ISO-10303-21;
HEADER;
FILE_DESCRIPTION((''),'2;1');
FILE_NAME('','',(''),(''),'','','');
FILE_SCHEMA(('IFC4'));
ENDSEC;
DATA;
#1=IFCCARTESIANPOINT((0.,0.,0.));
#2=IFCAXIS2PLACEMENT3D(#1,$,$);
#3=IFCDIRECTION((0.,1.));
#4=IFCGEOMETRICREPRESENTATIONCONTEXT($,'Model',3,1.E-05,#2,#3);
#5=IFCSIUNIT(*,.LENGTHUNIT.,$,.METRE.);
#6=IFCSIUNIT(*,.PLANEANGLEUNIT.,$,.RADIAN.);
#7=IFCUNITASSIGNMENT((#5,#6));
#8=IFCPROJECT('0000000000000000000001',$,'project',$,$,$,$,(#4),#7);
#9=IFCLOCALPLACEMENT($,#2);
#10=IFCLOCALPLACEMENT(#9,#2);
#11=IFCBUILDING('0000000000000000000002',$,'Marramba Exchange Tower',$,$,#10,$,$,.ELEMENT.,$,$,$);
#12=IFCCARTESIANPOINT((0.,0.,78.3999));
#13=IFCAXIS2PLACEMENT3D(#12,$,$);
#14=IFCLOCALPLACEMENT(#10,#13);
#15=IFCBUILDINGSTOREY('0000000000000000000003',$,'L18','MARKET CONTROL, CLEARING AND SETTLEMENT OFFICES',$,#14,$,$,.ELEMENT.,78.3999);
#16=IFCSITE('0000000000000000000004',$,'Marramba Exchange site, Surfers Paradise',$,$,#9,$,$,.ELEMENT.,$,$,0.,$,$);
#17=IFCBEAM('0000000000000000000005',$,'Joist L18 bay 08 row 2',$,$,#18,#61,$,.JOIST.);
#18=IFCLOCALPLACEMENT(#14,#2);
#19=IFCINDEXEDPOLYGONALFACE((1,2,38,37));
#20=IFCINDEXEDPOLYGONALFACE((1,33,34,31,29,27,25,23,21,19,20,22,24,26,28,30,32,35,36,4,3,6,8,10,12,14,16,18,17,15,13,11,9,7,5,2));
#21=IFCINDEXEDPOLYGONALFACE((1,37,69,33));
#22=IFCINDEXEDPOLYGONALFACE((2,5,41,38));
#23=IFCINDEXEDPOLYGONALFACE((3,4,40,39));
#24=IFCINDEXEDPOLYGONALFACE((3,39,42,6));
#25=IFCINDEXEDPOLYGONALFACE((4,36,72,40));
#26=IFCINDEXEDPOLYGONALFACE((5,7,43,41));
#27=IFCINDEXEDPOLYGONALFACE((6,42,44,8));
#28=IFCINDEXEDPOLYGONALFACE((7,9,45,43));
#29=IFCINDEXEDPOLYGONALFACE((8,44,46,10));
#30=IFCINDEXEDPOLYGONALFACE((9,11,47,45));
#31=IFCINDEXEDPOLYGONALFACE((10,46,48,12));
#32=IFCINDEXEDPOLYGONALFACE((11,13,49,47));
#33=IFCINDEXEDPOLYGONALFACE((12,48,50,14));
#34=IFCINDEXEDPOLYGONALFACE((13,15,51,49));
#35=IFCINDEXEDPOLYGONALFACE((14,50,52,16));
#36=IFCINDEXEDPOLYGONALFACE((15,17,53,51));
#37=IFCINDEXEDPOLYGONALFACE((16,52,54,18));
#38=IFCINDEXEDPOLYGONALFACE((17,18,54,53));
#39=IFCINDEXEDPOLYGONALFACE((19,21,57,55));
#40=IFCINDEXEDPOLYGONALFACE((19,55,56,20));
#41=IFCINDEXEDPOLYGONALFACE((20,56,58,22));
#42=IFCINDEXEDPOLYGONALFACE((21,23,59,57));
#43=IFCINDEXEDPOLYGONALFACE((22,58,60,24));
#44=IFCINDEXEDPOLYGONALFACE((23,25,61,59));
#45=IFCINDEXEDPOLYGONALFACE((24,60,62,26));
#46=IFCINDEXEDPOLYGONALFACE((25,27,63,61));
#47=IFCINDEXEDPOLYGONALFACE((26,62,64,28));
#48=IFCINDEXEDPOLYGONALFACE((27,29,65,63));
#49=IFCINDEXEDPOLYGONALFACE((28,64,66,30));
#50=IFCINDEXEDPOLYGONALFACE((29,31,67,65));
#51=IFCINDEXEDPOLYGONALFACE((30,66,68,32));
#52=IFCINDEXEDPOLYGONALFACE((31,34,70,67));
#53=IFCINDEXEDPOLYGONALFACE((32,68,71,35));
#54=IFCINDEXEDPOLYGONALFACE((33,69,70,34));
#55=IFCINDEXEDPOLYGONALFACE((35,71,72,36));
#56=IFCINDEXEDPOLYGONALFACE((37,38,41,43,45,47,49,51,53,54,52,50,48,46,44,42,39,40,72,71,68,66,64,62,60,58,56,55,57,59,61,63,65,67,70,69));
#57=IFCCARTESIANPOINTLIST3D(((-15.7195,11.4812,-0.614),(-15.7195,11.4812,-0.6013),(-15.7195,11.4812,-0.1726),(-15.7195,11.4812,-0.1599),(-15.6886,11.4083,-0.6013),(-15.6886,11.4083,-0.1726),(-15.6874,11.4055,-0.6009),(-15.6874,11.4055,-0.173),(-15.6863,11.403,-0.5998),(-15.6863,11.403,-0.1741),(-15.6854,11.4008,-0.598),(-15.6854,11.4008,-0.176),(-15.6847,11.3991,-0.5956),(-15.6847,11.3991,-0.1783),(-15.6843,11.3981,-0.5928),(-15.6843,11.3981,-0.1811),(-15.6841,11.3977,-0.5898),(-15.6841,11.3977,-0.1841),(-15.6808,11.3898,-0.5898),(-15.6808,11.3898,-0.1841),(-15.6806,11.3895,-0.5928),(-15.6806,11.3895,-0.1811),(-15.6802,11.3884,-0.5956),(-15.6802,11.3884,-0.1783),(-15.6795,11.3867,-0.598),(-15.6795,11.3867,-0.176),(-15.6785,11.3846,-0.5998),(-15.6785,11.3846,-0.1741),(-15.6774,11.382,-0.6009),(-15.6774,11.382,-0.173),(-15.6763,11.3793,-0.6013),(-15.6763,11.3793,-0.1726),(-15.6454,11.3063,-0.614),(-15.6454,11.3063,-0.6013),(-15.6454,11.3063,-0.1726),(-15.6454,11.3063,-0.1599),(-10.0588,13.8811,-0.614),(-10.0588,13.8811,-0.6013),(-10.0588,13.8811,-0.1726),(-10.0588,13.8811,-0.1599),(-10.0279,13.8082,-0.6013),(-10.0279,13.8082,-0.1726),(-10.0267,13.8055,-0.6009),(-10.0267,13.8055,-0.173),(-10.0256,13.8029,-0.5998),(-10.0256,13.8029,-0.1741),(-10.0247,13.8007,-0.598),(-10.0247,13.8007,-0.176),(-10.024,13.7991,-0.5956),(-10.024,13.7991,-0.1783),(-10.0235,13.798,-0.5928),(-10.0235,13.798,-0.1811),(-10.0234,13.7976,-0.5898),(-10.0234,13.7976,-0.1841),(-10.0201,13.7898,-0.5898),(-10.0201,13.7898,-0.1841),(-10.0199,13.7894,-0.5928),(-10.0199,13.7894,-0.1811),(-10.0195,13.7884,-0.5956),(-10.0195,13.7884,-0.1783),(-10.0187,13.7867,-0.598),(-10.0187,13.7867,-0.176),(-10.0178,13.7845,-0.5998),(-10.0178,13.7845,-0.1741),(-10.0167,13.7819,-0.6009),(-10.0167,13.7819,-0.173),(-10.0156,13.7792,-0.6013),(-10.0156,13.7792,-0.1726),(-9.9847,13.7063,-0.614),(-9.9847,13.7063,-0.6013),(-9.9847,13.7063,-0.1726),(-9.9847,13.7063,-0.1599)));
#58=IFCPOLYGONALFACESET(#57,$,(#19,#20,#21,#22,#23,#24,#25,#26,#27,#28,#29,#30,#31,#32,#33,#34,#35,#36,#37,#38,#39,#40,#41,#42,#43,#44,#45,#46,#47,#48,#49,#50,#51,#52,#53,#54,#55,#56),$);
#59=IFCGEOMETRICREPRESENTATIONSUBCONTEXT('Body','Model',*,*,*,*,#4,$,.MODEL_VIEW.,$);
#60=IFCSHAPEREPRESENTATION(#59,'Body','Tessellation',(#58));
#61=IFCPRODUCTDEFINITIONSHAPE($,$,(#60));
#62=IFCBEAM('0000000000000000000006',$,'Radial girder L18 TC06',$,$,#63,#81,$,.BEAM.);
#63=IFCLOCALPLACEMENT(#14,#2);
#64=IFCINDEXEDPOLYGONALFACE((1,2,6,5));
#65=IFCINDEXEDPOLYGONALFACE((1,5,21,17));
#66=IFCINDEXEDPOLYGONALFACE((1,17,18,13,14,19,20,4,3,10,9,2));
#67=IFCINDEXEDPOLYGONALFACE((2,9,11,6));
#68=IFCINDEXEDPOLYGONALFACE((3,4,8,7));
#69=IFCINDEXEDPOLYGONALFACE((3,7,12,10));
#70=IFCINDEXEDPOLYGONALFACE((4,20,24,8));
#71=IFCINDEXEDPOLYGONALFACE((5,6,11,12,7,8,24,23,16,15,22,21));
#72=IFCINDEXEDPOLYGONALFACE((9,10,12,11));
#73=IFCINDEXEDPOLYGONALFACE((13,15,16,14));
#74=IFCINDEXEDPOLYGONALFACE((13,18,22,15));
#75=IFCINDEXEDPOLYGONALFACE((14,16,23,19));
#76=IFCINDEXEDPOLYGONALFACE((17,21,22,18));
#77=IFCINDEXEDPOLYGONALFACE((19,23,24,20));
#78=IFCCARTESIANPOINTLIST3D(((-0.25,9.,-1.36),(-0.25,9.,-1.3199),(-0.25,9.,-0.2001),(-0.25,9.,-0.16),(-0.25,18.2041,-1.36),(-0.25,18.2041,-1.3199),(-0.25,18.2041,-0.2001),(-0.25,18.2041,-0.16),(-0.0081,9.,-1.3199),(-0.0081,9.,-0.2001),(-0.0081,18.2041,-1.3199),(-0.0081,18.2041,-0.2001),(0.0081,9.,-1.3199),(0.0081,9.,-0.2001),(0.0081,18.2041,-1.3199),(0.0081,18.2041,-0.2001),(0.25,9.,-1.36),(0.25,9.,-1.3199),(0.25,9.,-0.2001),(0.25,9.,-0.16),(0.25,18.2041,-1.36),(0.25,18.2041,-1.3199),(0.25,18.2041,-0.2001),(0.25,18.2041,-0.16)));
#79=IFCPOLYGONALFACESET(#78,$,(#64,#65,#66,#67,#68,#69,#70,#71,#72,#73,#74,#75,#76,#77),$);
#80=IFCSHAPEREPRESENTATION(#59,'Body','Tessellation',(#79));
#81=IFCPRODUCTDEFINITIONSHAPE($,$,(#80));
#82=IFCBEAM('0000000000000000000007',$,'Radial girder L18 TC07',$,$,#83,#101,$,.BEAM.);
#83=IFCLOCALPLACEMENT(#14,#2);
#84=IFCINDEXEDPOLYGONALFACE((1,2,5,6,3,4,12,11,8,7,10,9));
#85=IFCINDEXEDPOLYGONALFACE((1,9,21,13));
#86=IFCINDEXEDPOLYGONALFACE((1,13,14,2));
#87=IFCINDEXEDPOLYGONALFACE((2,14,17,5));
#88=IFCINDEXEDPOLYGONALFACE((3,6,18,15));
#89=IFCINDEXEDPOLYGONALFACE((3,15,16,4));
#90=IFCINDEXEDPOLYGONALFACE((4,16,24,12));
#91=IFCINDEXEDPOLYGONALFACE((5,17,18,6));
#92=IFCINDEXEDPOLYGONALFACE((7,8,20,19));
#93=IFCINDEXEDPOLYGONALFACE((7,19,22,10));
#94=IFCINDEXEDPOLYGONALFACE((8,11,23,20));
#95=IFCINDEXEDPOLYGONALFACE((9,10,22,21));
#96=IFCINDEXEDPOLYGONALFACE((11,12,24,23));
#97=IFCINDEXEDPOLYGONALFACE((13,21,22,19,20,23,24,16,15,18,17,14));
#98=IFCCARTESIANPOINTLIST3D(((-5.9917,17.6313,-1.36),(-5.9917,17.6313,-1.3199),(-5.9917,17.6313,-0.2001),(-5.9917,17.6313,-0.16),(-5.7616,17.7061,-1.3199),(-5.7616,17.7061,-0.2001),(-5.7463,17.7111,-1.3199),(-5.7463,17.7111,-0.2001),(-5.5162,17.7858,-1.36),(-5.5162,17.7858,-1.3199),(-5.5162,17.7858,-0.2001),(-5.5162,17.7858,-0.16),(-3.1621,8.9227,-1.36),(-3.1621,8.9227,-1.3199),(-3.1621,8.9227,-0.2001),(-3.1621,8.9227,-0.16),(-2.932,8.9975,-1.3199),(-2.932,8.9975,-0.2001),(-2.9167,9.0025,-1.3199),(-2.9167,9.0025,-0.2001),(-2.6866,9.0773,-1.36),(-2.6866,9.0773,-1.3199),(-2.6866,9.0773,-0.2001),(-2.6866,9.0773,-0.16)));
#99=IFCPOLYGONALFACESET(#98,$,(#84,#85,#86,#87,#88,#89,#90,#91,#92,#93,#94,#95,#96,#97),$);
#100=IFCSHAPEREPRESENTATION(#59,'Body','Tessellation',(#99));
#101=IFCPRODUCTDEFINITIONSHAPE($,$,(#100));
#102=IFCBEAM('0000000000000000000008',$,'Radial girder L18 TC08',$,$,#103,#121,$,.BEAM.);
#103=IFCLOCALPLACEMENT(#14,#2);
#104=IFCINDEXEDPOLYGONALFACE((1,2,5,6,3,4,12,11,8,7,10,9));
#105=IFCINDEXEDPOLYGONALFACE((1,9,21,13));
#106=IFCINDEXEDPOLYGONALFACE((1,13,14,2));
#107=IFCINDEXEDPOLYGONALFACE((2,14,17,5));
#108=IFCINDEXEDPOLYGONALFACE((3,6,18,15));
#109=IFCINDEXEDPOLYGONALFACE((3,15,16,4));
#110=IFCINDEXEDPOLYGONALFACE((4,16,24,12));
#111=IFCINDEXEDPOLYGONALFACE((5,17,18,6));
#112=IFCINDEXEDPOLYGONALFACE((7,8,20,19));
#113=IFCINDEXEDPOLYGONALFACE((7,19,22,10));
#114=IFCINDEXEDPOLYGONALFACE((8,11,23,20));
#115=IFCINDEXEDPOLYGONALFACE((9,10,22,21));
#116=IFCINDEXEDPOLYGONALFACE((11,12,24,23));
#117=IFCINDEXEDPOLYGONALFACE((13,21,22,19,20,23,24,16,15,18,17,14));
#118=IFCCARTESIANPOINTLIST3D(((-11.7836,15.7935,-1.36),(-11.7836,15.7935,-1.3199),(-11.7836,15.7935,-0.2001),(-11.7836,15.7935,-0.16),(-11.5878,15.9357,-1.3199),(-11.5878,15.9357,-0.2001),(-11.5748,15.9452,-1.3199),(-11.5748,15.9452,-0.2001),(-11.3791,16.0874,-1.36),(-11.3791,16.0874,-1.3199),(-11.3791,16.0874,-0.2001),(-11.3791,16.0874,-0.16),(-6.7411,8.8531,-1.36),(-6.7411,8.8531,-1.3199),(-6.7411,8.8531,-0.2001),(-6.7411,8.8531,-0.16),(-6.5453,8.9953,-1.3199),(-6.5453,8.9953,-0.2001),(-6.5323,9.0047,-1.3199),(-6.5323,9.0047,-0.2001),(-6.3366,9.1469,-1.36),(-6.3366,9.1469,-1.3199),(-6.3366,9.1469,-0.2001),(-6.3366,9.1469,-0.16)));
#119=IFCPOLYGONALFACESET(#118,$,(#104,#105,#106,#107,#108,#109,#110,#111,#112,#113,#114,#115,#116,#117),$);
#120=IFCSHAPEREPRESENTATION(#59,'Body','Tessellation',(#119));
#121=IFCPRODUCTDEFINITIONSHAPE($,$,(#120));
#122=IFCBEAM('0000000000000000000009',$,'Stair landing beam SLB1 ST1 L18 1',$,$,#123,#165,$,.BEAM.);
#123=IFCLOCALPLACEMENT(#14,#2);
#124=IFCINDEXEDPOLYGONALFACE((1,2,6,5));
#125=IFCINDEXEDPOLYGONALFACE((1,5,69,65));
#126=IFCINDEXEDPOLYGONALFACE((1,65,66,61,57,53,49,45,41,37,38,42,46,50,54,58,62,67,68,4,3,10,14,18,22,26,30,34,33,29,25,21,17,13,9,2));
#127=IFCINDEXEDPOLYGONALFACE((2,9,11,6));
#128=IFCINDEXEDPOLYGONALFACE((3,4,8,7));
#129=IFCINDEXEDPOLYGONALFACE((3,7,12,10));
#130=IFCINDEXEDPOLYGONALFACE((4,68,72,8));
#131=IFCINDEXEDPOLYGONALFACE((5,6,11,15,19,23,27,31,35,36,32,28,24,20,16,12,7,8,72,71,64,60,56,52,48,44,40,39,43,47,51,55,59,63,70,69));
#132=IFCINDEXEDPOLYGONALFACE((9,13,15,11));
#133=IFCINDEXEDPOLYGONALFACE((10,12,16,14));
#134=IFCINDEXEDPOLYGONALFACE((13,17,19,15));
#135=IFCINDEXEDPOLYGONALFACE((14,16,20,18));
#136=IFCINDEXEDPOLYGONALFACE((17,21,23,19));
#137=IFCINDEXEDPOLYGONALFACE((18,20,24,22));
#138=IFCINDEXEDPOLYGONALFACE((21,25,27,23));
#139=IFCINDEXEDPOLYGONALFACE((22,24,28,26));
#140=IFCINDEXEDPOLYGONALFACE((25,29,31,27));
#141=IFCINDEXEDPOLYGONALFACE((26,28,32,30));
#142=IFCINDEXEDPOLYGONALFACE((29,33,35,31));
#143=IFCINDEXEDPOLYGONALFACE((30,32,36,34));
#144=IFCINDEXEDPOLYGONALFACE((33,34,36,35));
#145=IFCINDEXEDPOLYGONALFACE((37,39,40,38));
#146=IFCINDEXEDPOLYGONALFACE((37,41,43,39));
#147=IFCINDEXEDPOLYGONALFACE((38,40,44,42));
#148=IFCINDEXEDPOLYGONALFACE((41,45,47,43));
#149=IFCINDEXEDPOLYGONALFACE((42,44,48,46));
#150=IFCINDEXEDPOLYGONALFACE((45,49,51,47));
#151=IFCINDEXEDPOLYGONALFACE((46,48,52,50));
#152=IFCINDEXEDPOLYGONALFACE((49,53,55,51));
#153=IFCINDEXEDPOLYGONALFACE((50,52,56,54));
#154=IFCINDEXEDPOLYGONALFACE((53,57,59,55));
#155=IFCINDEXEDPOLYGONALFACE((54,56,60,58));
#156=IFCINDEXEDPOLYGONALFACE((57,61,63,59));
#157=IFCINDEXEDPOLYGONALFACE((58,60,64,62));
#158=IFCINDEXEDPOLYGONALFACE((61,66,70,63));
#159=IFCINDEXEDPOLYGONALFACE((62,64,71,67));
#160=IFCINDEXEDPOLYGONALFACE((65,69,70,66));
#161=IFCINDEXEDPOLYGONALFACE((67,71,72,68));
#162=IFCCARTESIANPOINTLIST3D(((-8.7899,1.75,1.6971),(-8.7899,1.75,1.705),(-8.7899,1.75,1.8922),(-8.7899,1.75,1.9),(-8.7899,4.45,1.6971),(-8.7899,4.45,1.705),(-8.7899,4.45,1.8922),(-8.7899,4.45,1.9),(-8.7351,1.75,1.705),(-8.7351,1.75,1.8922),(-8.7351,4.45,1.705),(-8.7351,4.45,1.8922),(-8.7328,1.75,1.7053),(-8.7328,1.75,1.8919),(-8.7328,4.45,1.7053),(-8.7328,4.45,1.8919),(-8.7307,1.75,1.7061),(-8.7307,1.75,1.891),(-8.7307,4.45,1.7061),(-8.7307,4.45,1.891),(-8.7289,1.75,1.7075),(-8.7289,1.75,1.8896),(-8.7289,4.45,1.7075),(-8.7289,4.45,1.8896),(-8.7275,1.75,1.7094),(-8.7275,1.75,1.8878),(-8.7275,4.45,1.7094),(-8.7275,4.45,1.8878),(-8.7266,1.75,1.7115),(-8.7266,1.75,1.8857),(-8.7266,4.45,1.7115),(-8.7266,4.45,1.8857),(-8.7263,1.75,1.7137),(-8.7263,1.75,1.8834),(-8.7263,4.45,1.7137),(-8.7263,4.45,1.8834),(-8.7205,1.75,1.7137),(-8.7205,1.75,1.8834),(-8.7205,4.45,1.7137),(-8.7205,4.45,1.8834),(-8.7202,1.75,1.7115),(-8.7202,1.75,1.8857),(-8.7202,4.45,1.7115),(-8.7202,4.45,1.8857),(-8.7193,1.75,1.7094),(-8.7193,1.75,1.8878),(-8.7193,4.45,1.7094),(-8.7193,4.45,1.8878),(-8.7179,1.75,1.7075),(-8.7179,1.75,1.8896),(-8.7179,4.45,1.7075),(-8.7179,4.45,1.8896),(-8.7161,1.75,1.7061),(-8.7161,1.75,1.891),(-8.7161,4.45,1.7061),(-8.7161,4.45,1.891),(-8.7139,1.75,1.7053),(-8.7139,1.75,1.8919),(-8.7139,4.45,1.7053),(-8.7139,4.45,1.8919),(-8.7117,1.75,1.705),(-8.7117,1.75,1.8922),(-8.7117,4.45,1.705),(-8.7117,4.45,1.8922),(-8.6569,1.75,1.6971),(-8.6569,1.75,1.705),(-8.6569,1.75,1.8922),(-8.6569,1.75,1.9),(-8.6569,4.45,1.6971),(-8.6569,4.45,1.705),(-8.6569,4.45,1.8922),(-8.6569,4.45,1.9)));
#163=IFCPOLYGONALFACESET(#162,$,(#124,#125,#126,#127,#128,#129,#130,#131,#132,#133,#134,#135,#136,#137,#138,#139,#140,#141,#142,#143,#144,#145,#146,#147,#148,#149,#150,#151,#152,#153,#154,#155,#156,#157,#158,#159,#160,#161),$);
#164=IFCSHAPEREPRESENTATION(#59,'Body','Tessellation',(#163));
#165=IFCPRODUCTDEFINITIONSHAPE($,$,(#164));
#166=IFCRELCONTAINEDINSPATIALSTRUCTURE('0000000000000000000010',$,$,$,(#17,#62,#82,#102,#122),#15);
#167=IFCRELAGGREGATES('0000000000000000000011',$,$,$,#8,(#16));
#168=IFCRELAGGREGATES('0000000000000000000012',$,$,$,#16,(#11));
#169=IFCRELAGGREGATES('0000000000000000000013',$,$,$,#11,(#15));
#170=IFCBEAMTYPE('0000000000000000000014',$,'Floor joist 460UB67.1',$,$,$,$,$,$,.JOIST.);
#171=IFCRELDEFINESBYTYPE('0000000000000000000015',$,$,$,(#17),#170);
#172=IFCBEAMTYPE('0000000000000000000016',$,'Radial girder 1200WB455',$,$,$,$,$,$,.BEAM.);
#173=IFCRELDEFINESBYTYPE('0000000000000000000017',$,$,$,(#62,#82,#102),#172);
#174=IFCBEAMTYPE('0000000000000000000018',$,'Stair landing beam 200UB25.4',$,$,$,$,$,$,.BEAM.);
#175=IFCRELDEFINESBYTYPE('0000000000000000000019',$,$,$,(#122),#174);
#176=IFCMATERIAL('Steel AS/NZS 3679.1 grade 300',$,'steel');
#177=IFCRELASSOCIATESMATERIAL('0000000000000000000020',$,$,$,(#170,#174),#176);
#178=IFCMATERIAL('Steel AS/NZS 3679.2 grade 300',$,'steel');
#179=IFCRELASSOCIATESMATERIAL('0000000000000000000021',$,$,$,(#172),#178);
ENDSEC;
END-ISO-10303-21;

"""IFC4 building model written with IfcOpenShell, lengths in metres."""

from ifc_helpers import new_model, si_unit, direction, frame, origin, origin_2d, place, context, subcontext, project, spatial, i_section, extrude, material, material_profile, profile_set, type_object, element, save


model = new_model("IFC4")

# Units and contexts
model_context = context("Model", 3, precision=1e-05, world=origin(), true_north=direction((0.0, 1.0)))
body_context = subcontext(model_context, "Body", "Model", "MODEL_VIEW")
ifc_project = project(units=[si_unit("LENGTHUNIT", "METRE"), si_unit("PLANEANGLEUNIT", "RADIAN")], contexts=[model_context])

# Site, building, storey
site_placement = place(None, origin())
site = spatial("IfcSite", under=ifc_project, at=site_placement, Name="Marramba Exchange site, Surfers Paradise", CompositionType="ELEMENT", RefElevation=0.0)
building_placement = place(site_placement, origin())
building = spatial("IfcBuilding", under=site, at=building_placement, Name="Marramba Exchange Tower", CompositionType="ELEMENT")
storey_placement = place(building_placement, frame((0.0, 0.0, 78.3999)))
storey = spatial("IfcBuildingStorey", under=building, at=storey_placement, Name="L18", Description="MARKET CONTROL, CLEARING AND SETTLEMENT OFFICES", CompositionType="ELEMENT", Elevation=78.3999)

# Beams
ifc_material_1 = material(Name="Steel AS/NZS 3679.1 grade 300", Category="steel")
ifc_material_profile_1 = material_profile(ifc_material_1, i_section(OverallWidth=0.1899, OverallDepth=0.4541, WebThickness=0.0085, FlangeThickness=0.0127, FilletRadius=0.0115, at=origin_2d()), Name="460UB67.1")
ifc_profile_set_1 = profile_set([ifc_material_profile_1], Name="Steel AS/NZS 3679.1 grade 300")
beam_type_1 = type_object("IfcBeamType", Name="Floor joist 460UB67.1", PredefinedType="JOIST", material=ifc_profile_set_1)
beam_1_placement = place(storey_placement, frame((-10.0217, 13.7937, -0.387), z_axis=(-0.920674, -0.390332, 0.0), x_axis=(0.390332, -0.920674, 0.0)))
element("IfcBeam", 1, at=beam_1_placement, inside=storey, type_object=beam_type_1, Name="Joist L18 bay 08 row 2", PredefinedType="JOIST", context=body_context, shape_type="SweptSolid", body=[
    extrude(i_section(OverallWidth=0.1899, OverallDepth=0.4541, WebThickness=0.0085, FlangeThickness=0.0127, FilletRadius=0.0115, at=origin_2d()), origin(), (0.0, 0.0, 1.0), 6.1484),
])
ifc_material_2 = material(Name="Steel AS/NZS 3679.2 grade 300", Category="steel")
ifc_material_profile_2 = material_profile(ifc_material_2, i_section(OverallWidth=0.5, OverallDepth=1.2, WebThickness=0.0161, FlangeThickness=0.04, at=origin_2d()), Name="1200WB455")
ifc_profile_set_2 = profile_set([ifc_material_profile_2], Name="Steel AS/NZS 3679.2 grade 300")
beam_type_2 = type_object("IfcBeamType", Name="Radial girder 1200WB455", PredefinedType="BEAM", material=ifc_profile_set_2)
beam_2_placement = place(storey_placement, frame((0.0, 9.0, -0.76), z_axis=(0.0, 1.0, 0.0), x_axis=(-1.0, 0.0, 0.0)))
element("IfcBeam", 2, at=beam_2_placement, inside=storey, type_object=beam_type_2, Name="Radial girder L18 TC06", PredefinedType="BEAM", context=body_context, shape_type="SweptSolid", body=[
    extrude(i_section(OverallWidth=0.5, OverallDepth=1.2, WebThickness=0.0161, FlangeThickness=0.04, at=origin_2d()), origin(), (0.0, 0.0, 1.0), 9.2041),
])
beam_3_placement = place(storey_placement, frame((-2.9243, 9.0, -0.76), z_axis=(-0.30902, 0.951056, 0.0), x_axis=(-0.951056, -0.30902, 0.0)))
element("IfcBeam", 3, at=beam_3_placement, inside=storey, type_object=beam_type_2, Name="Radial girder L18 TC07", PredefinedType="BEAM", context=body_context, shape_type="SweptSolid", body=[
    extrude(i_section(OverallWidth=0.5, OverallDepth=1.2, WebThickness=0.0161, FlangeThickness=0.04, at=origin_2d()), origin(), (0.0, 0.0, 1.0), 9.1567),
])
beam_4_placement = place(storey_placement, frame((-6.5388, 9.0, -0.76), z_axis=(-0.587782, 0.809019, 0.0), x_axis=(-0.809019, -0.587782, 0.0)))
element("IfcBeam", 4, at=beam_4_placement, inside=storey, type_object=beam_type_2, Name="Radial girder L18 TC08", PredefinedType="BEAM", context=body_context, shape_type="SweptSolid", body=[
    extrude(i_section(OverallWidth=0.5, OverallDepth=1.2, WebThickness=0.0161, FlangeThickness=0.04, at=origin_2d()), origin(), (0.0, 0.0, 1.0), 8.5789),
])
ifc_material_profile_3 = material_profile(ifc_material_1, i_section(OverallWidth=0.1331, OverallDepth=0.2029, WebThickness=0.0059, FlangeThickness=0.0078, FilletRadius=0.0088, at=origin_2d()), Name="200UB25.4")
ifc_profile_set_3 = profile_set([ifc_material_profile_3], Name="Steel AS/NZS 3679.1 grade 300")
beam_type_3 = type_object("IfcBeamType", Name="Stair landing beam 200UB25.4", PredefinedType="BEAM", material=ifc_profile_set_3)
for number, where, z_axis, x_axis, name in (
    (5, (-8.7234, 1.75, 1.7986), (0.0, 1.0, 0.0), (-1.0, 0.0, 0.0), "Stair landing beam SLB1 ST1 L18 1"),
):
    element("IfcBeam", number, at=place(storey_placement, frame(where, z_axis=z_axis, x_axis=x_axis)), inside=storey, type_object=beam_type_3, Name=name, PredefinedType="BEAM", context=body_context, shape_type="SweptSolid", body=[
        extrude(i_section(OverallWidth=0.1331, OverallDepth=0.2029, WebThickness=0.0059, FlangeThickness=0.0078, FilletRadius=0.0088, at=origin_2d()), origin(), (0.0, 0.0, 1.0), 2.7),
    ])

save(model, "model.ifc")
